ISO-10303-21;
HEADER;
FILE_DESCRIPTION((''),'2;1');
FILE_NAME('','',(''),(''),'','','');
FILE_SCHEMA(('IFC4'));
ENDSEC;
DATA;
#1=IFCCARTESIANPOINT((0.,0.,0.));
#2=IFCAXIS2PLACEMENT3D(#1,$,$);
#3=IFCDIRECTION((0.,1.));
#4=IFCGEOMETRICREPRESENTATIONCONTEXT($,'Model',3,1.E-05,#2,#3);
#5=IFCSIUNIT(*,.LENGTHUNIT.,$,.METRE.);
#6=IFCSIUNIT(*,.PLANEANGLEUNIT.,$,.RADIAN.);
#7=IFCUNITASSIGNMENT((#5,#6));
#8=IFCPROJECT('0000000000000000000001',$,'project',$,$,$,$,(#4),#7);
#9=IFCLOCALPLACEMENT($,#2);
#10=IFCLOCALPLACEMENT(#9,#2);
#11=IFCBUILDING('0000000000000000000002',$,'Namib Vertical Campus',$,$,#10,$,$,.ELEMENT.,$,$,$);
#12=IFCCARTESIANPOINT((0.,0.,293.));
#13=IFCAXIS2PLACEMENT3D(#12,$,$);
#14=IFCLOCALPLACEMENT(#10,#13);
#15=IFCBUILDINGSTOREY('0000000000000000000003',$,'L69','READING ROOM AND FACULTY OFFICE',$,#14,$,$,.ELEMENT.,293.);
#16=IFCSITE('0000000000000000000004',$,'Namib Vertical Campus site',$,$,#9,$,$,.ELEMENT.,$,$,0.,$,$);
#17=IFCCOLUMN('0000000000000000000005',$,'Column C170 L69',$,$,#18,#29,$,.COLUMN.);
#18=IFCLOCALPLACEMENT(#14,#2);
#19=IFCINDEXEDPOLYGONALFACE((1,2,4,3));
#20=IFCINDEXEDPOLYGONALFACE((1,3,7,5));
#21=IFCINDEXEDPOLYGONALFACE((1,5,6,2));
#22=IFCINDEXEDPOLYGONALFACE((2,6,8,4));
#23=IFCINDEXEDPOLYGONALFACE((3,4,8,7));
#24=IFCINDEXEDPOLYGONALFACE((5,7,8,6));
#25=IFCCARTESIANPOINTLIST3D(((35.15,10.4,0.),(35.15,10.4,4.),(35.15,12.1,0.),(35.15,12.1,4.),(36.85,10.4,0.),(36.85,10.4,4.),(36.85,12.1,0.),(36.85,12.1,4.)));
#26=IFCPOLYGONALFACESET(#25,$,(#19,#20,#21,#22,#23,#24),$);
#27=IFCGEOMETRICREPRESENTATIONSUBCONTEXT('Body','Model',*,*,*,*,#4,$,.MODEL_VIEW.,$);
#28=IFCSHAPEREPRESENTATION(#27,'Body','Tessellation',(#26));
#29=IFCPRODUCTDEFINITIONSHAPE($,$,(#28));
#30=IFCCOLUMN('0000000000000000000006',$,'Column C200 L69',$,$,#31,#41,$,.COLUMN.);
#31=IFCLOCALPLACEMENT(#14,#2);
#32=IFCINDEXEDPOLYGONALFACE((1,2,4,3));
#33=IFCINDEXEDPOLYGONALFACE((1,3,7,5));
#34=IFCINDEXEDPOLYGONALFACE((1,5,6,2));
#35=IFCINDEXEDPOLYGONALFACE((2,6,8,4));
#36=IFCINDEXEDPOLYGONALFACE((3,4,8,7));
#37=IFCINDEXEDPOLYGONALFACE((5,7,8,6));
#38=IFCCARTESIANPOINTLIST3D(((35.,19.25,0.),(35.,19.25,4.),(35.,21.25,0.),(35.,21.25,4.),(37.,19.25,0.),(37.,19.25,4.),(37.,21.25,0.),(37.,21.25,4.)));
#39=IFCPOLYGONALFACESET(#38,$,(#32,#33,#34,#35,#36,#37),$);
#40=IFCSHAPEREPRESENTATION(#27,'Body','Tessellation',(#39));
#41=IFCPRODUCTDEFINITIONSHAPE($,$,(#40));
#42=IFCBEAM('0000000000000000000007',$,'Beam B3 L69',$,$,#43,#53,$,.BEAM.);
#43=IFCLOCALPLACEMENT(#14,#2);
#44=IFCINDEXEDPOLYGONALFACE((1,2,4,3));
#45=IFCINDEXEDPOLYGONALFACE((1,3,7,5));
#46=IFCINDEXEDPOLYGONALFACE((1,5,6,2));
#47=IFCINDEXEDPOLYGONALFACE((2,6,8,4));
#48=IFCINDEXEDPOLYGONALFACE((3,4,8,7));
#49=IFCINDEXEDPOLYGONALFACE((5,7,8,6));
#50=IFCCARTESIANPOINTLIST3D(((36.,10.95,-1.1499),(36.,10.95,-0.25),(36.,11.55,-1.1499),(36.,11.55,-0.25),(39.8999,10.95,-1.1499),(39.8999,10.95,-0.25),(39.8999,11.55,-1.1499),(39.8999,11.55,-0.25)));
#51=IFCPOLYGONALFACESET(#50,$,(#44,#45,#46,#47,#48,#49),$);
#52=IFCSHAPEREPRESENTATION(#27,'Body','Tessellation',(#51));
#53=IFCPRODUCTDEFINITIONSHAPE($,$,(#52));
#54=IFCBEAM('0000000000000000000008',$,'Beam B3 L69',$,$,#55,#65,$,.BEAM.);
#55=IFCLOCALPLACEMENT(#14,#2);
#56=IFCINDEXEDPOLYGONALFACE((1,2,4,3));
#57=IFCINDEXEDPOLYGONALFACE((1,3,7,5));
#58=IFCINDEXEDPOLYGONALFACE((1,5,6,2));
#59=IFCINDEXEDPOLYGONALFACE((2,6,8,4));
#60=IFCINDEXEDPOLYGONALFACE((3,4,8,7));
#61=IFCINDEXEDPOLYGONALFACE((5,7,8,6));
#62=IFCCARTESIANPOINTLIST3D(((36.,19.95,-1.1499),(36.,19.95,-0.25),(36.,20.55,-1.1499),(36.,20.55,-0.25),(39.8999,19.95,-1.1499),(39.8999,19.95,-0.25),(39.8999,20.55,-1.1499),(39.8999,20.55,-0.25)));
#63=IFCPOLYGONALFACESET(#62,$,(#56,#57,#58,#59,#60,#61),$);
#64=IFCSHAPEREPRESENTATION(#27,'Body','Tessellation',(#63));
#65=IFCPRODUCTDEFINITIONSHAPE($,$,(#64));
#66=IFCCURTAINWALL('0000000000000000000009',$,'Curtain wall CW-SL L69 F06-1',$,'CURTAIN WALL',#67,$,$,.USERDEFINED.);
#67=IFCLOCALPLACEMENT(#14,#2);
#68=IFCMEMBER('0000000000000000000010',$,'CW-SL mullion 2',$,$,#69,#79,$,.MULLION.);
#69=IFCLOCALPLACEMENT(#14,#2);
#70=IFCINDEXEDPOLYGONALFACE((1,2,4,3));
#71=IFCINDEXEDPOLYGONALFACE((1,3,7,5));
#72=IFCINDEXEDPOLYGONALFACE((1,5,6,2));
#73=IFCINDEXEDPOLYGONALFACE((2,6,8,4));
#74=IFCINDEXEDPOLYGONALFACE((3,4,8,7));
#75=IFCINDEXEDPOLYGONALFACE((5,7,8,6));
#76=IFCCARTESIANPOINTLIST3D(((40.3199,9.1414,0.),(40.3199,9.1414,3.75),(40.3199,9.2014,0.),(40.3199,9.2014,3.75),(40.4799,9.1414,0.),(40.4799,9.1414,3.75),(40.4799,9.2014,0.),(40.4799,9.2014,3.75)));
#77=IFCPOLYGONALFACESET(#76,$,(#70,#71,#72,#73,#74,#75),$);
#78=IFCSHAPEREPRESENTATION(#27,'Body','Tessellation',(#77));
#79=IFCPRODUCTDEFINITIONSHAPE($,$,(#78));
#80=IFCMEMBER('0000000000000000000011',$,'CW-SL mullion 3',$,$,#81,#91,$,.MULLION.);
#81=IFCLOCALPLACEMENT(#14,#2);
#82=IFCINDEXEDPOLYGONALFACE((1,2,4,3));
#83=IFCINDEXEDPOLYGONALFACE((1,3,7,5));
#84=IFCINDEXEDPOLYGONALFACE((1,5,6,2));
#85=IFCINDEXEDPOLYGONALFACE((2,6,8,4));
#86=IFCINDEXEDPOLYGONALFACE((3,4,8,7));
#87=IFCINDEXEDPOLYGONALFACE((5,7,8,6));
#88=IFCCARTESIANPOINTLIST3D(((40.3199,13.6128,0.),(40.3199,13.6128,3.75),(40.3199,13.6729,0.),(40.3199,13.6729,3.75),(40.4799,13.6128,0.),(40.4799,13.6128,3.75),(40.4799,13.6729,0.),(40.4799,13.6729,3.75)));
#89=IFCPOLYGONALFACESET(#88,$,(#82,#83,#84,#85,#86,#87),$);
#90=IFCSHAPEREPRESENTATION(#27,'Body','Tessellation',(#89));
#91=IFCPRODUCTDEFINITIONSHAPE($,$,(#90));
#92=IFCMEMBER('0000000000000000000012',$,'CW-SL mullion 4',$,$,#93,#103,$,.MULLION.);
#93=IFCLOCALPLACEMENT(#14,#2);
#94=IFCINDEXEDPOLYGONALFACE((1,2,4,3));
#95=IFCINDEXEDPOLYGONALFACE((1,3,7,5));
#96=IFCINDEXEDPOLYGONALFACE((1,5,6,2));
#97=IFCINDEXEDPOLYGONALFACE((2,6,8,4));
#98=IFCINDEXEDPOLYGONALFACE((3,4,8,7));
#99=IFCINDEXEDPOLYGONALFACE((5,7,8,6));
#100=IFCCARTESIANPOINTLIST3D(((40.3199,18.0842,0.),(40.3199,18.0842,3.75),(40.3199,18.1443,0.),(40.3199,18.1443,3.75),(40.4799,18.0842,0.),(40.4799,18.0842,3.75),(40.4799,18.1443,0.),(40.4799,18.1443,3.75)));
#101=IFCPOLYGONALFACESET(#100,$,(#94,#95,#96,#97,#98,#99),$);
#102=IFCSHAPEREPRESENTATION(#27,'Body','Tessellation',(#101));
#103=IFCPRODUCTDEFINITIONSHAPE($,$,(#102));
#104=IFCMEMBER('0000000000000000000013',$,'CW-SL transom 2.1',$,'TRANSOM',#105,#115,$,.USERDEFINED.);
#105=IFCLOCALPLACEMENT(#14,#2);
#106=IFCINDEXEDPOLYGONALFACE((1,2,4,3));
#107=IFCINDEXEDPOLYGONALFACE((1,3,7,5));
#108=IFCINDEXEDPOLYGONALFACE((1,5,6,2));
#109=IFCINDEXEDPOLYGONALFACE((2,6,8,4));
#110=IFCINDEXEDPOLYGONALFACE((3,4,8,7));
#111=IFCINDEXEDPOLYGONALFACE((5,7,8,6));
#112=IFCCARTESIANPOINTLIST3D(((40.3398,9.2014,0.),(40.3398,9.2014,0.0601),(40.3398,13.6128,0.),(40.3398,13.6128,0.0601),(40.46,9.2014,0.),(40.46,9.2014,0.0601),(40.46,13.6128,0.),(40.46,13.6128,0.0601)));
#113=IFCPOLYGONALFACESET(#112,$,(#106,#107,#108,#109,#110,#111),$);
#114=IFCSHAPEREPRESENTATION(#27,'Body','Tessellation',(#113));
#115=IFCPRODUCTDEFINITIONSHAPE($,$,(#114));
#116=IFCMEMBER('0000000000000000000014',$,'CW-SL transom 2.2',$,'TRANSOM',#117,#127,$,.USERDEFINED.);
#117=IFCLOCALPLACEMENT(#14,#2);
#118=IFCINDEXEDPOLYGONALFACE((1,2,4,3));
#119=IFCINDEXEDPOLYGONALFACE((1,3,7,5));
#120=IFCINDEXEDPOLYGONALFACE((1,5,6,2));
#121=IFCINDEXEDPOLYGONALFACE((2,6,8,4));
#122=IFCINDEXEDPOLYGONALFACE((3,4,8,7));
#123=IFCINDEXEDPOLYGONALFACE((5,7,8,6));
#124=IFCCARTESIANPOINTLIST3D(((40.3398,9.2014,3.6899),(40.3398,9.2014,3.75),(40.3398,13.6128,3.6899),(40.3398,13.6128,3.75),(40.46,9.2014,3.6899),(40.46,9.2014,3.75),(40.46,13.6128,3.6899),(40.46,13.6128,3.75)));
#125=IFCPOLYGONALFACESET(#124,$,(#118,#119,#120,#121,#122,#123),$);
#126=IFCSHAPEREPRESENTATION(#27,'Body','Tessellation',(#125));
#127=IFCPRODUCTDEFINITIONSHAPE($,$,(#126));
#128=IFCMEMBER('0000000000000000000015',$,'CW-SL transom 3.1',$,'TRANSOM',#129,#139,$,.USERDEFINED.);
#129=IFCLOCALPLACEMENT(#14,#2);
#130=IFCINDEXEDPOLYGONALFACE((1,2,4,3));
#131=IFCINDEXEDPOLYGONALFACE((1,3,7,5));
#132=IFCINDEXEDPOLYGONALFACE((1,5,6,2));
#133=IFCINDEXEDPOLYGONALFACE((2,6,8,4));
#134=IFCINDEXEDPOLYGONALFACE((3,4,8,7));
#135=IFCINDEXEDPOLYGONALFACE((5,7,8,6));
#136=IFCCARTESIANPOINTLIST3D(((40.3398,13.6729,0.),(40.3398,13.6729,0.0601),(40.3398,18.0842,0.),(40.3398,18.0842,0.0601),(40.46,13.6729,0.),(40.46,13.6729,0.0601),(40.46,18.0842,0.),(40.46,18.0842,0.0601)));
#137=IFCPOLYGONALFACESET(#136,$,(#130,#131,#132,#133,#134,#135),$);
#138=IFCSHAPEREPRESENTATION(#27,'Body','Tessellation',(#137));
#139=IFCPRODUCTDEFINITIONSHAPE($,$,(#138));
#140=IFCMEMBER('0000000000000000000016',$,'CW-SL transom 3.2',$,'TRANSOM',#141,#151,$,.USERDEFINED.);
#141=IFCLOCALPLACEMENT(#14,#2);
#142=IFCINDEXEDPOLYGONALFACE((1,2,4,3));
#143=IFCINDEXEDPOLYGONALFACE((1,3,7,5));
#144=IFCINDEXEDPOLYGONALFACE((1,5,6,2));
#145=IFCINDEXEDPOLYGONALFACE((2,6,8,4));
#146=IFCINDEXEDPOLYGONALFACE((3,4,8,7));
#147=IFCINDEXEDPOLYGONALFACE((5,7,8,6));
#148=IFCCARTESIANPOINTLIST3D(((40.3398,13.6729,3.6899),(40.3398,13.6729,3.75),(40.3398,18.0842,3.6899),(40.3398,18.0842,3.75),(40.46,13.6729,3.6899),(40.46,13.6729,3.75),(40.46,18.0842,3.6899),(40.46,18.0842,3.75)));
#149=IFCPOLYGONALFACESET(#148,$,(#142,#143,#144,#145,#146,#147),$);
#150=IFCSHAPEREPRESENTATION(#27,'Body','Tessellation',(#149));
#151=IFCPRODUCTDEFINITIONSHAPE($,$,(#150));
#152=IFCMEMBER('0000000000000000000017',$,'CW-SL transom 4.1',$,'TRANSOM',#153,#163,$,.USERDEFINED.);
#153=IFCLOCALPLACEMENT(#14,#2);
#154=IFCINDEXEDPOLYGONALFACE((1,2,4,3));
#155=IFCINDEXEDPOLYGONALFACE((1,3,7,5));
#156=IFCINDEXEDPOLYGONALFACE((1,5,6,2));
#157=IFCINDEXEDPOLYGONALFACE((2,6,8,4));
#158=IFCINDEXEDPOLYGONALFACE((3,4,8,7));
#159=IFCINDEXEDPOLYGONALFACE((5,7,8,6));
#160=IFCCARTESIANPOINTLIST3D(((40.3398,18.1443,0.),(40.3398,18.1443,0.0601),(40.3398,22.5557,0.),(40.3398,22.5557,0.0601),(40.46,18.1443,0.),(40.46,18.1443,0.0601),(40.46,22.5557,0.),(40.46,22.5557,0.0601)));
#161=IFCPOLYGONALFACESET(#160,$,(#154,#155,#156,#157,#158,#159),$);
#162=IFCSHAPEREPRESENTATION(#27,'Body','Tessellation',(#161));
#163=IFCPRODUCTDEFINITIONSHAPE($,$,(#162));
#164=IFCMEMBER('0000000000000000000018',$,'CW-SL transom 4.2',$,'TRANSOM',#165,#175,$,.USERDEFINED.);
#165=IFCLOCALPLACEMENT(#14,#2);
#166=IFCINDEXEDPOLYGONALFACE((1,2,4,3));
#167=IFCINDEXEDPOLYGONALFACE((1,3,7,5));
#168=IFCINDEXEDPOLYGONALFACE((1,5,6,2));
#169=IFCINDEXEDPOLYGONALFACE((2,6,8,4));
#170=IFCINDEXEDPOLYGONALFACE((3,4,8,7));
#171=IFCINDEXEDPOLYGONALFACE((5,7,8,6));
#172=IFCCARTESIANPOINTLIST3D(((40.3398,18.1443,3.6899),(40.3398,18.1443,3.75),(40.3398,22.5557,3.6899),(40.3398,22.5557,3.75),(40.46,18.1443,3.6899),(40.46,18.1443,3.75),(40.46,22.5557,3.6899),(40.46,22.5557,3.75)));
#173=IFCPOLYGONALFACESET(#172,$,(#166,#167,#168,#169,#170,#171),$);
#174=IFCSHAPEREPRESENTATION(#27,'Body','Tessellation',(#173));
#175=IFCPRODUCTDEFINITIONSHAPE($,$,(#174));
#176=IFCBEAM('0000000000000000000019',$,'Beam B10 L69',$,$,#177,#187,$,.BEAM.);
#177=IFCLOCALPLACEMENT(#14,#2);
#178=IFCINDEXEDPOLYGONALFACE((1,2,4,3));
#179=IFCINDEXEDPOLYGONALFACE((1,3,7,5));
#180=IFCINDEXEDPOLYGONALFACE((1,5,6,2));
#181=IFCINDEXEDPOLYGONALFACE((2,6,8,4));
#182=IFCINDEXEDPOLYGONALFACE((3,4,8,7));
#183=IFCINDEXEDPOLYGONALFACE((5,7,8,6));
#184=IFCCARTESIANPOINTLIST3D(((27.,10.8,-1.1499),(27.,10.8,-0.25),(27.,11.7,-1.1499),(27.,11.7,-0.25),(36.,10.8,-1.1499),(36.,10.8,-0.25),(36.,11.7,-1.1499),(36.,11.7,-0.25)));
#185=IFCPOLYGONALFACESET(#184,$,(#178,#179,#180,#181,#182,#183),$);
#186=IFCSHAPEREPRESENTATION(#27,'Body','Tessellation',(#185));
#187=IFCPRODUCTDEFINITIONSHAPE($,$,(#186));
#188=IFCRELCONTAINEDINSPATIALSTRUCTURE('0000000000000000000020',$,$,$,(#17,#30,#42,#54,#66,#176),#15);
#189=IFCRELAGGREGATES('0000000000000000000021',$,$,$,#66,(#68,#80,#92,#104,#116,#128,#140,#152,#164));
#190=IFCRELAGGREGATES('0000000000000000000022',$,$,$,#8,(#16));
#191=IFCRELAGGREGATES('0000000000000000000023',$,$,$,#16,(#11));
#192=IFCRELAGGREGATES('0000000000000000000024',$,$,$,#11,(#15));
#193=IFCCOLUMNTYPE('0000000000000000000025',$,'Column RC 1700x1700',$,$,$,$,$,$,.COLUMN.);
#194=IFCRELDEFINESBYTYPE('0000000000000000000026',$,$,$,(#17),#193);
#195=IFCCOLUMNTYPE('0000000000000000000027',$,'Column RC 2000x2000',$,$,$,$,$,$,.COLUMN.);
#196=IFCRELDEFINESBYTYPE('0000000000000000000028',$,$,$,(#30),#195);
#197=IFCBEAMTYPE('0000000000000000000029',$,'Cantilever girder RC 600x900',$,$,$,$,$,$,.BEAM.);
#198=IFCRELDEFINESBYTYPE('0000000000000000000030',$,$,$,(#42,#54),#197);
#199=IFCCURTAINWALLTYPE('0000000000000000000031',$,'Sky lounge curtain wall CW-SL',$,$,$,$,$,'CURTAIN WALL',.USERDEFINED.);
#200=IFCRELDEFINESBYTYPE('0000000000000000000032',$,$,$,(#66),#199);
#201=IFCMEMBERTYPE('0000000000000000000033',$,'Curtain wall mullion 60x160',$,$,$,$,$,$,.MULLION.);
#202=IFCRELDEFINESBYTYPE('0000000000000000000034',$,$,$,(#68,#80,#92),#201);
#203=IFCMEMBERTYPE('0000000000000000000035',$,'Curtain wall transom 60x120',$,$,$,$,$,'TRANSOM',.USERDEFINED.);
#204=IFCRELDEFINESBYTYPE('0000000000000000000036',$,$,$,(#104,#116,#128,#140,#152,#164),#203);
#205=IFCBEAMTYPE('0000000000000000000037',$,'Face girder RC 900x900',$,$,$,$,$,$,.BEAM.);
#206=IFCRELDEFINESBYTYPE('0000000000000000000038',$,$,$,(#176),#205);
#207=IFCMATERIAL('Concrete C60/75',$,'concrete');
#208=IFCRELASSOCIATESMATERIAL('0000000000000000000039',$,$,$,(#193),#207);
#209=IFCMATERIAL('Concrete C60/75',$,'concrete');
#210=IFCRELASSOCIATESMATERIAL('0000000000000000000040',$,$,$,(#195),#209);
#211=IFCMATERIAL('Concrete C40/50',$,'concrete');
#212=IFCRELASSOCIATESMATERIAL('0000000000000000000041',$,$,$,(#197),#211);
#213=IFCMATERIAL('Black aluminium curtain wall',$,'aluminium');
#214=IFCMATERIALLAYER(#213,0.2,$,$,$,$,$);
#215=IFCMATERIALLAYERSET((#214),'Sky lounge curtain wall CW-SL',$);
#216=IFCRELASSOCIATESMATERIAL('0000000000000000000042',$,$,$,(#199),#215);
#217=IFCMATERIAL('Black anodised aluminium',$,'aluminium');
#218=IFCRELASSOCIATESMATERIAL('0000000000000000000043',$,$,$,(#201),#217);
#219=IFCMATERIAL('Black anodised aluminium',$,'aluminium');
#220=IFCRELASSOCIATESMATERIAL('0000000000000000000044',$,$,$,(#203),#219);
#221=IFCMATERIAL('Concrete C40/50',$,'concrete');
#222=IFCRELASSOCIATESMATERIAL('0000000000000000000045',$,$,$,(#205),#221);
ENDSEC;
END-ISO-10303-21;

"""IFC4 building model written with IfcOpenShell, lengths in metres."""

from ifc_helpers import new_model, si_unit, direction, frame, origin, origin_2d, place, context, subcontext, project, spatial, rectangle, extrude, material, layer, layer_set, material_profile, profile_set, type_object, element, aggregate, save


model = new_model("IFC4")

# Units and contexts
model_context = context("Model", 3, precision=1e-05, world=origin(), true_north=direction((0.0, 1.0)))
body_context = subcontext(model_context, "Body", "Model", "MODEL_VIEW")
ifc_project = project(units=[si_unit("LENGTHUNIT", "METRE"), si_unit("PLANEANGLEUNIT", "RADIAN")], contexts=[model_context])

# Site, building, storey
site_placement = place(None, origin())
site = spatial("IfcSite", under=ifc_project, at=site_placement, Name="Namib Vertical Campus site", CompositionType="ELEMENT", RefElevation=0.0)
building_placement = place(site_placement, origin())
building = spatial("IfcBuilding", under=site, at=building_placement, Name="Namib Vertical Campus", CompositionType="ELEMENT")
storey_placement = place(building_placement, frame((0.0, 0.0, 293.0)))
storey = spatial("IfcBuildingStorey", under=building, at=storey_placement, Name="L69", Description="READING ROOM AND FACULTY OFFICE", CompositionType="ELEMENT", Elevation=293.0)

# Columns
ifc_material_1 = material(Name="Concrete C60/75", Category="concrete")
ifc_material_profile_1 = material_profile(ifc_material_1, rectangle(XDim=1.7, YDim=1.7, at=origin_2d()))
ifc_profile_set_1 = profile_set([ifc_material_profile_1], Name="Concrete C60/75")
column_type_1 = type_object("IfcColumnType", Name="Column RC 1700x1700", PredefinedType="COLUMN", material=ifc_profile_set_1)
column_1_placement = place(storey_placement, frame((36.0, 11.25, 0.0), z_axis=(0.0, 0.0, 1.0), x_axis=(1.0, 0.0, 0.0)))
element("IfcColumn", 1, at=column_1_placement, inside=storey, type_object=column_type_1, Name="Column C170 L69", PredefinedType="COLUMN", context=body_context, shape_type="SweptSolid", body=[
    extrude(rectangle(XDim=1.7, YDim=1.7, at=origin_2d()), origin(), (0.0, 0.0, 1.0), 4.0),
])
ifc_material_2 = material(Name="Concrete C60/75", Category="concrete")
ifc_material_profile_2 = material_profile(ifc_material_2, rectangle(XDim=2.0, YDim=2.0, at=origin_2d()))
ifc_profile_set_2 = profile_set([ifc_material_profile_2], Name="Concrete C60/75")
column_type_2 = type_object("IfcColumnType", Name="Column RC 2000x2000", PredefinedType="COLUMN", material=ifc_profile_set_2)
column_2_placement = place(storey_placement, frame((36.0, 20.25, 0.0), z_axis=(0.0, 0.0, 1.0), x_axis=(1.0, 0.0, 0.0)))
element("IfcColumn", 2, at=column_2_placement, inside=storey, type_object=column_type_2, Name="Column C200 L69", PredefinedType="COLUMN", context=body_context, shape_type="SweptSolid", body=[
    extrude(rectangle(XDim=2.0, YDim=2.0, at=origin_2d()), origin(), (0.0, 0.0, 1.0), 4.0),
])

# Beams
ifc_material_3 = material(Name="Concrete C40/50", Category="concrete")
ifc_material_profile_3 = material_profile(ifc_material_3, rectangle(XDim=0.6001, YDim=0.8999, at=origin_2d()))
ifc_profile_set_3 = profile_set([ifc_material_profile_3], Name="Concrete C40/50")
beam_type_1 = type_object("IfcBeamType", Name="Cantilever girder RC 600x900", PredefinedType="BEAM", material=ifc_profile_set_3)
for number, where, z_axis, x_axis, name in (
    (3, (36.0, 11.25, -0.7), (1.0, 0.0, 0.0), (0.0, 1.0, 0.0), "Beam B3 L69"),
    (4, (36.0, 20.25, -0.7), (1.0, 0.0, 0.0), (0.0, 1.0, 0.0), "Beam B3 L69"),
):
    element("IfcBeam", number, at=place(storey_placement, frame(where, z_axis=z_axis, x_axis=x_axis)), inside=storey, type_object=beam_type_1, Name=name, PredefinedType="BEAM", context=body_context, shape_type="SweptSolid", body=[
        extrude(rectangle(XDim=0.6001, YDim=0.8999, at=origin_2d()), origin(), (0.0, 0.0, 1.0), 3.8999),
    ])

# Curtain wall, members
ifc_material_4 = material(Name="Black aluminium curtain wall", Category="aluminium")
ifc_layer_1 = layer(ifc_material_4, 0.2)
ifc_layer_set_1 = layer_set([ifc_layer_1], Name="Sky lounge curtain wall CW-SL")
curtain_wall_type = type_object("IfcCurtainWallType", Name="Sky lounge curtain wall CW-SL", ElementType="CURTAIN WALL", PredefinedType="USERDEFINED", material=ifc_layer_set_1)
curtain_wall_placement = place(storey_placement, origin())
curtain_wall = element("IfcCurtainWall", 5, at=curtain_wall_placement, inside=storey, type_object=curtain_wall_type, Name="Curtain wall CW-SL L69 F06-1", ObjectType="CURTAIN WALL", PredefinedType="USERDEFINED")
ifc_material_5 = material(Name="Black anodised aluminium", Category="aluminium")
ifc_material_profile_4 = material_profile(ifc_material_5, rectangle(XDim=0.0601, YDim=0.1599, at=origin_2d()))
ifc_profile_set_4 = profile_set([ifc_material_profile_4], Name="Black anodised aluminium")
member_type_1 = type_object("IfcMemberType", Name="Curtain wall mullion 60x160", PredefinedType="MULLION", material=ifc_profile_set_4)
member_1_placement = place(storey_placement, frame((40.3999, 9.1714, 0.0), z_axis=(0.0, 0.0, 1.0), x_axis=(0.0, 1.0, 0.0)))
member_1 = element("IfcMember", 6, at=member_1_placement, type_object=member_type_1, Name="CW-SL mullion 2", PredefinedType="MULLION", context=body_context, shape_type="SweptSolid", body=[
    extrude(rectangle(XDim=0.0601, YDim=0.1599, at=origin_2d()), origin(), (0.0, 0.0, 1.0), 3.75),
])
member_2_placement = place(storey_placement, frame((40.3999, 13.6428, 0.0), z_axis=(0.0, 0.0, 1.0), x_axis=(0.0, 1.0, 0.0)))
member_2 = element("IfcMember", 7, at=member_2_placement, type_object=member_type_1, Name="CW-SL mullion 3", PredefinedType="MULLION", context=body_context, shape_type="SweptSolid", body=[
    extrude(rectangle(XDim=0.0601, YDim=0.1599, at=origin_2d()), origin(), (0.0, 0.0, 1.0), 3.75),
])
member_3_placement = place(storey_placement, frame((40.3999, 18.1143, 0.0), z_axis=(0.0, 0.0, 1.0), x_axis=(0.0, 1.0, 0.0)))
member_3 = element("IfcMember", 8, at=member_3_placement, type_object=member_type_1, Name="CW-SL mullion 4", PredefinedType="MULLION", context=body_context, shape_type="SweptSolid", body=[
    extrude(rectangle(XDim=0.0601, YDim=0.1599, at=origin_2d()), origin(), (0.0, 0.0, 1.0), 3.75),
])
ifc_material_6 = material(Name="Black anodised aluminium", Category="aluminium")
ifc_material_profile_5 = material_profile(ifc_material_6, rectangle(XDim=0.0601, YDim=0.1201, at=origin_2d()))
ifc_profile_set_5 = profile_set([ifc_material_profile_5], Name="Black anodised aluminium")
member_type_2 = type_object("IfcMemberType", Name="Curtain wall transom 60x120", ElementType="TRANSOM", PredefinedType="USERDEFINED", material=ifc_profile_set_5)
member_4_placement = place(storey_placement, frame((40.3999, 9.2014, 0.03), z_axis=(0.0, 1.0, 0.0), x_axis=(0.0, 0.0, 1.0)))
member_4 = element("IfcMember", 9, at=member_4_placement, type_object=member_type_2, Name="CW-SL transom 2.1", ObjectType="TRANSOM", PredefinedType="USERDEFINED", context=body_context, shape_type="SweptSolid", body=[
    extrude(rectangle(XDim=0.0601, YDim=0.1201, at=origin_2d()), origin(), (0.0, 0.0, 1.0), 4.4114),
])
member_5_placement = place(storey_placement, frame((40.3999, 9.2014, 3.72), z_axis=(0.0, 1.0, 0.0), x_axis=(0.0, 0.0, 1.0)))
member_5 = element("IfcMember", 10, at=member_5_placement, type_object=member_type_2, Name="CW-SL transom 2.2", ObjectType="TRANSOM", PredefinedType="USERDEFINED", context=body_context, shape_type="SweptSolid", body=[
    extrude(rectangle(XDim=0.0601, YDim=0.1201, at=origin_2d()), origin(), (0.0, 0.0, 1.0), 4.4114),
])
member_6_placement = place(storey_placement, frame((40.3999, 13.6729, 0.03), z_axis=(0.0, 1.0, 0.0), x_axis=(0.0, 0.0, 1.0)))
member_6 = element("IfcMember", 11, at=member_6_placement, type_object=member_type_2, Name="CW-SL transom 3.1", ObjectType="TRANSOM", PredefinedType="USERDEFINED", context=body_context, shape_type="SweptSolid", body=[
    extrude(rectangle(XDim=0.0601, YDim=0.1201, at=origin_2d()), origin(), (0.0, 0.0, 1.0), 4.4114),
])
member_7_placement = place(storey_placement, frame((40.3999, 13.6729, 3.72), z_axis=(0.0, 1.0, 0.0), x_axis=(0.0, 0.0, 1.0)))
member_7 = element("IfcMember", 12, at=member_7_placement, type_object=member_type_2, Name="CW-SL transom 3.2", ObjectType="TRANSOM", PredefinedType="USERDEFINED", context=body_context, shape_type="SweptSolid", body=[
    extrude(rectangle(XDim=0.0601, YDim=0.1201, at=origin_2d()), origin(), (0.0, 0.0, 1.0), 4.4114),
])
member_8_placement = place(storey_placement, frame((40.3999, 18.1443, 0.03), z_axis=(0.0, 1.0, 0.0), x_axis=(0.0, 0.0, 1.0)))
member_8 = element("IfcMember", 13, at=member_8_placement, type_object=member_type_2, Name="CW-SL transom 4.1", ObjectType="TRANSOM", PredefinedType="USERDEFINED", context=body_context, shape_type="SweptSolid", body=[
    extrude(rectangle(XDim=0.0601, YDim=0.1201, at=origin_2d()), origin(), (0.0, 0.0, 1.0), 4.4114),
])
member_9_placement = place(storey_placement, frame((40.3999, 18.1443, 3.72), z_axis=(0.0, 1.0, 0.0), x_axis=(0.0, 0.0, 1.0)))
member_9 = element("IfcMember", 14, at=member_9_placement, type_object=member_type_2, Name="CW-SL transom 4.2", ObjectType="TRANSOM", PredefinedType="USERDEFINED", context=body_context, shape_type="SweptSolid", body=[
    extrude(rectangle(XDim=0.0601, YDim=0.1201, at=origin_2d()), origin(), (0.0, 0.0, 1.0), 4.4114),
])

# Beam
ifc_material_7 = material(Name="Concrete C40/50", Category="concrete")
ifc_material_profile_6 = material_profile(ifc_material_7, rectangle(XDim=0.8999, YDim=0.8999, at=origin_2d()))
ifc_profile_set_6 = profile_set([ifc_material_profile_6], Name="Concrete C40/50")
beam_type_2 = type_object("IfcBeamType", Name="Face girder RC 900x900", PredefinedType="BEAM", material=ifc_profile_set_6)
beam_1_placement = place(storey_placement, frame((36.0, 11.25, -0.7), z_axis=(-1.0, 0.0, 0.0), x_axis=(0.0, -1.0, 0.0)))
element("IfcBeam", 15, at=beam_1_placement, inside=storey, type_object=beam_type_2, Name="Beam B10 L69", PredefinedType="BEAM", context=body_context, shape_type="SweptSolid", body=[
    extrude(rectangle(XDim=0.8999, YDim=0.8999, at=origin_2d()), origin(), (0.0, 0.0, 1.0), 9.0),
])

aggregate(curtain_wall, [member_1, member_2, member_3, member_4, member_5, member_6, member_7, member_8, member_9])

save(model, "model.ifc")
